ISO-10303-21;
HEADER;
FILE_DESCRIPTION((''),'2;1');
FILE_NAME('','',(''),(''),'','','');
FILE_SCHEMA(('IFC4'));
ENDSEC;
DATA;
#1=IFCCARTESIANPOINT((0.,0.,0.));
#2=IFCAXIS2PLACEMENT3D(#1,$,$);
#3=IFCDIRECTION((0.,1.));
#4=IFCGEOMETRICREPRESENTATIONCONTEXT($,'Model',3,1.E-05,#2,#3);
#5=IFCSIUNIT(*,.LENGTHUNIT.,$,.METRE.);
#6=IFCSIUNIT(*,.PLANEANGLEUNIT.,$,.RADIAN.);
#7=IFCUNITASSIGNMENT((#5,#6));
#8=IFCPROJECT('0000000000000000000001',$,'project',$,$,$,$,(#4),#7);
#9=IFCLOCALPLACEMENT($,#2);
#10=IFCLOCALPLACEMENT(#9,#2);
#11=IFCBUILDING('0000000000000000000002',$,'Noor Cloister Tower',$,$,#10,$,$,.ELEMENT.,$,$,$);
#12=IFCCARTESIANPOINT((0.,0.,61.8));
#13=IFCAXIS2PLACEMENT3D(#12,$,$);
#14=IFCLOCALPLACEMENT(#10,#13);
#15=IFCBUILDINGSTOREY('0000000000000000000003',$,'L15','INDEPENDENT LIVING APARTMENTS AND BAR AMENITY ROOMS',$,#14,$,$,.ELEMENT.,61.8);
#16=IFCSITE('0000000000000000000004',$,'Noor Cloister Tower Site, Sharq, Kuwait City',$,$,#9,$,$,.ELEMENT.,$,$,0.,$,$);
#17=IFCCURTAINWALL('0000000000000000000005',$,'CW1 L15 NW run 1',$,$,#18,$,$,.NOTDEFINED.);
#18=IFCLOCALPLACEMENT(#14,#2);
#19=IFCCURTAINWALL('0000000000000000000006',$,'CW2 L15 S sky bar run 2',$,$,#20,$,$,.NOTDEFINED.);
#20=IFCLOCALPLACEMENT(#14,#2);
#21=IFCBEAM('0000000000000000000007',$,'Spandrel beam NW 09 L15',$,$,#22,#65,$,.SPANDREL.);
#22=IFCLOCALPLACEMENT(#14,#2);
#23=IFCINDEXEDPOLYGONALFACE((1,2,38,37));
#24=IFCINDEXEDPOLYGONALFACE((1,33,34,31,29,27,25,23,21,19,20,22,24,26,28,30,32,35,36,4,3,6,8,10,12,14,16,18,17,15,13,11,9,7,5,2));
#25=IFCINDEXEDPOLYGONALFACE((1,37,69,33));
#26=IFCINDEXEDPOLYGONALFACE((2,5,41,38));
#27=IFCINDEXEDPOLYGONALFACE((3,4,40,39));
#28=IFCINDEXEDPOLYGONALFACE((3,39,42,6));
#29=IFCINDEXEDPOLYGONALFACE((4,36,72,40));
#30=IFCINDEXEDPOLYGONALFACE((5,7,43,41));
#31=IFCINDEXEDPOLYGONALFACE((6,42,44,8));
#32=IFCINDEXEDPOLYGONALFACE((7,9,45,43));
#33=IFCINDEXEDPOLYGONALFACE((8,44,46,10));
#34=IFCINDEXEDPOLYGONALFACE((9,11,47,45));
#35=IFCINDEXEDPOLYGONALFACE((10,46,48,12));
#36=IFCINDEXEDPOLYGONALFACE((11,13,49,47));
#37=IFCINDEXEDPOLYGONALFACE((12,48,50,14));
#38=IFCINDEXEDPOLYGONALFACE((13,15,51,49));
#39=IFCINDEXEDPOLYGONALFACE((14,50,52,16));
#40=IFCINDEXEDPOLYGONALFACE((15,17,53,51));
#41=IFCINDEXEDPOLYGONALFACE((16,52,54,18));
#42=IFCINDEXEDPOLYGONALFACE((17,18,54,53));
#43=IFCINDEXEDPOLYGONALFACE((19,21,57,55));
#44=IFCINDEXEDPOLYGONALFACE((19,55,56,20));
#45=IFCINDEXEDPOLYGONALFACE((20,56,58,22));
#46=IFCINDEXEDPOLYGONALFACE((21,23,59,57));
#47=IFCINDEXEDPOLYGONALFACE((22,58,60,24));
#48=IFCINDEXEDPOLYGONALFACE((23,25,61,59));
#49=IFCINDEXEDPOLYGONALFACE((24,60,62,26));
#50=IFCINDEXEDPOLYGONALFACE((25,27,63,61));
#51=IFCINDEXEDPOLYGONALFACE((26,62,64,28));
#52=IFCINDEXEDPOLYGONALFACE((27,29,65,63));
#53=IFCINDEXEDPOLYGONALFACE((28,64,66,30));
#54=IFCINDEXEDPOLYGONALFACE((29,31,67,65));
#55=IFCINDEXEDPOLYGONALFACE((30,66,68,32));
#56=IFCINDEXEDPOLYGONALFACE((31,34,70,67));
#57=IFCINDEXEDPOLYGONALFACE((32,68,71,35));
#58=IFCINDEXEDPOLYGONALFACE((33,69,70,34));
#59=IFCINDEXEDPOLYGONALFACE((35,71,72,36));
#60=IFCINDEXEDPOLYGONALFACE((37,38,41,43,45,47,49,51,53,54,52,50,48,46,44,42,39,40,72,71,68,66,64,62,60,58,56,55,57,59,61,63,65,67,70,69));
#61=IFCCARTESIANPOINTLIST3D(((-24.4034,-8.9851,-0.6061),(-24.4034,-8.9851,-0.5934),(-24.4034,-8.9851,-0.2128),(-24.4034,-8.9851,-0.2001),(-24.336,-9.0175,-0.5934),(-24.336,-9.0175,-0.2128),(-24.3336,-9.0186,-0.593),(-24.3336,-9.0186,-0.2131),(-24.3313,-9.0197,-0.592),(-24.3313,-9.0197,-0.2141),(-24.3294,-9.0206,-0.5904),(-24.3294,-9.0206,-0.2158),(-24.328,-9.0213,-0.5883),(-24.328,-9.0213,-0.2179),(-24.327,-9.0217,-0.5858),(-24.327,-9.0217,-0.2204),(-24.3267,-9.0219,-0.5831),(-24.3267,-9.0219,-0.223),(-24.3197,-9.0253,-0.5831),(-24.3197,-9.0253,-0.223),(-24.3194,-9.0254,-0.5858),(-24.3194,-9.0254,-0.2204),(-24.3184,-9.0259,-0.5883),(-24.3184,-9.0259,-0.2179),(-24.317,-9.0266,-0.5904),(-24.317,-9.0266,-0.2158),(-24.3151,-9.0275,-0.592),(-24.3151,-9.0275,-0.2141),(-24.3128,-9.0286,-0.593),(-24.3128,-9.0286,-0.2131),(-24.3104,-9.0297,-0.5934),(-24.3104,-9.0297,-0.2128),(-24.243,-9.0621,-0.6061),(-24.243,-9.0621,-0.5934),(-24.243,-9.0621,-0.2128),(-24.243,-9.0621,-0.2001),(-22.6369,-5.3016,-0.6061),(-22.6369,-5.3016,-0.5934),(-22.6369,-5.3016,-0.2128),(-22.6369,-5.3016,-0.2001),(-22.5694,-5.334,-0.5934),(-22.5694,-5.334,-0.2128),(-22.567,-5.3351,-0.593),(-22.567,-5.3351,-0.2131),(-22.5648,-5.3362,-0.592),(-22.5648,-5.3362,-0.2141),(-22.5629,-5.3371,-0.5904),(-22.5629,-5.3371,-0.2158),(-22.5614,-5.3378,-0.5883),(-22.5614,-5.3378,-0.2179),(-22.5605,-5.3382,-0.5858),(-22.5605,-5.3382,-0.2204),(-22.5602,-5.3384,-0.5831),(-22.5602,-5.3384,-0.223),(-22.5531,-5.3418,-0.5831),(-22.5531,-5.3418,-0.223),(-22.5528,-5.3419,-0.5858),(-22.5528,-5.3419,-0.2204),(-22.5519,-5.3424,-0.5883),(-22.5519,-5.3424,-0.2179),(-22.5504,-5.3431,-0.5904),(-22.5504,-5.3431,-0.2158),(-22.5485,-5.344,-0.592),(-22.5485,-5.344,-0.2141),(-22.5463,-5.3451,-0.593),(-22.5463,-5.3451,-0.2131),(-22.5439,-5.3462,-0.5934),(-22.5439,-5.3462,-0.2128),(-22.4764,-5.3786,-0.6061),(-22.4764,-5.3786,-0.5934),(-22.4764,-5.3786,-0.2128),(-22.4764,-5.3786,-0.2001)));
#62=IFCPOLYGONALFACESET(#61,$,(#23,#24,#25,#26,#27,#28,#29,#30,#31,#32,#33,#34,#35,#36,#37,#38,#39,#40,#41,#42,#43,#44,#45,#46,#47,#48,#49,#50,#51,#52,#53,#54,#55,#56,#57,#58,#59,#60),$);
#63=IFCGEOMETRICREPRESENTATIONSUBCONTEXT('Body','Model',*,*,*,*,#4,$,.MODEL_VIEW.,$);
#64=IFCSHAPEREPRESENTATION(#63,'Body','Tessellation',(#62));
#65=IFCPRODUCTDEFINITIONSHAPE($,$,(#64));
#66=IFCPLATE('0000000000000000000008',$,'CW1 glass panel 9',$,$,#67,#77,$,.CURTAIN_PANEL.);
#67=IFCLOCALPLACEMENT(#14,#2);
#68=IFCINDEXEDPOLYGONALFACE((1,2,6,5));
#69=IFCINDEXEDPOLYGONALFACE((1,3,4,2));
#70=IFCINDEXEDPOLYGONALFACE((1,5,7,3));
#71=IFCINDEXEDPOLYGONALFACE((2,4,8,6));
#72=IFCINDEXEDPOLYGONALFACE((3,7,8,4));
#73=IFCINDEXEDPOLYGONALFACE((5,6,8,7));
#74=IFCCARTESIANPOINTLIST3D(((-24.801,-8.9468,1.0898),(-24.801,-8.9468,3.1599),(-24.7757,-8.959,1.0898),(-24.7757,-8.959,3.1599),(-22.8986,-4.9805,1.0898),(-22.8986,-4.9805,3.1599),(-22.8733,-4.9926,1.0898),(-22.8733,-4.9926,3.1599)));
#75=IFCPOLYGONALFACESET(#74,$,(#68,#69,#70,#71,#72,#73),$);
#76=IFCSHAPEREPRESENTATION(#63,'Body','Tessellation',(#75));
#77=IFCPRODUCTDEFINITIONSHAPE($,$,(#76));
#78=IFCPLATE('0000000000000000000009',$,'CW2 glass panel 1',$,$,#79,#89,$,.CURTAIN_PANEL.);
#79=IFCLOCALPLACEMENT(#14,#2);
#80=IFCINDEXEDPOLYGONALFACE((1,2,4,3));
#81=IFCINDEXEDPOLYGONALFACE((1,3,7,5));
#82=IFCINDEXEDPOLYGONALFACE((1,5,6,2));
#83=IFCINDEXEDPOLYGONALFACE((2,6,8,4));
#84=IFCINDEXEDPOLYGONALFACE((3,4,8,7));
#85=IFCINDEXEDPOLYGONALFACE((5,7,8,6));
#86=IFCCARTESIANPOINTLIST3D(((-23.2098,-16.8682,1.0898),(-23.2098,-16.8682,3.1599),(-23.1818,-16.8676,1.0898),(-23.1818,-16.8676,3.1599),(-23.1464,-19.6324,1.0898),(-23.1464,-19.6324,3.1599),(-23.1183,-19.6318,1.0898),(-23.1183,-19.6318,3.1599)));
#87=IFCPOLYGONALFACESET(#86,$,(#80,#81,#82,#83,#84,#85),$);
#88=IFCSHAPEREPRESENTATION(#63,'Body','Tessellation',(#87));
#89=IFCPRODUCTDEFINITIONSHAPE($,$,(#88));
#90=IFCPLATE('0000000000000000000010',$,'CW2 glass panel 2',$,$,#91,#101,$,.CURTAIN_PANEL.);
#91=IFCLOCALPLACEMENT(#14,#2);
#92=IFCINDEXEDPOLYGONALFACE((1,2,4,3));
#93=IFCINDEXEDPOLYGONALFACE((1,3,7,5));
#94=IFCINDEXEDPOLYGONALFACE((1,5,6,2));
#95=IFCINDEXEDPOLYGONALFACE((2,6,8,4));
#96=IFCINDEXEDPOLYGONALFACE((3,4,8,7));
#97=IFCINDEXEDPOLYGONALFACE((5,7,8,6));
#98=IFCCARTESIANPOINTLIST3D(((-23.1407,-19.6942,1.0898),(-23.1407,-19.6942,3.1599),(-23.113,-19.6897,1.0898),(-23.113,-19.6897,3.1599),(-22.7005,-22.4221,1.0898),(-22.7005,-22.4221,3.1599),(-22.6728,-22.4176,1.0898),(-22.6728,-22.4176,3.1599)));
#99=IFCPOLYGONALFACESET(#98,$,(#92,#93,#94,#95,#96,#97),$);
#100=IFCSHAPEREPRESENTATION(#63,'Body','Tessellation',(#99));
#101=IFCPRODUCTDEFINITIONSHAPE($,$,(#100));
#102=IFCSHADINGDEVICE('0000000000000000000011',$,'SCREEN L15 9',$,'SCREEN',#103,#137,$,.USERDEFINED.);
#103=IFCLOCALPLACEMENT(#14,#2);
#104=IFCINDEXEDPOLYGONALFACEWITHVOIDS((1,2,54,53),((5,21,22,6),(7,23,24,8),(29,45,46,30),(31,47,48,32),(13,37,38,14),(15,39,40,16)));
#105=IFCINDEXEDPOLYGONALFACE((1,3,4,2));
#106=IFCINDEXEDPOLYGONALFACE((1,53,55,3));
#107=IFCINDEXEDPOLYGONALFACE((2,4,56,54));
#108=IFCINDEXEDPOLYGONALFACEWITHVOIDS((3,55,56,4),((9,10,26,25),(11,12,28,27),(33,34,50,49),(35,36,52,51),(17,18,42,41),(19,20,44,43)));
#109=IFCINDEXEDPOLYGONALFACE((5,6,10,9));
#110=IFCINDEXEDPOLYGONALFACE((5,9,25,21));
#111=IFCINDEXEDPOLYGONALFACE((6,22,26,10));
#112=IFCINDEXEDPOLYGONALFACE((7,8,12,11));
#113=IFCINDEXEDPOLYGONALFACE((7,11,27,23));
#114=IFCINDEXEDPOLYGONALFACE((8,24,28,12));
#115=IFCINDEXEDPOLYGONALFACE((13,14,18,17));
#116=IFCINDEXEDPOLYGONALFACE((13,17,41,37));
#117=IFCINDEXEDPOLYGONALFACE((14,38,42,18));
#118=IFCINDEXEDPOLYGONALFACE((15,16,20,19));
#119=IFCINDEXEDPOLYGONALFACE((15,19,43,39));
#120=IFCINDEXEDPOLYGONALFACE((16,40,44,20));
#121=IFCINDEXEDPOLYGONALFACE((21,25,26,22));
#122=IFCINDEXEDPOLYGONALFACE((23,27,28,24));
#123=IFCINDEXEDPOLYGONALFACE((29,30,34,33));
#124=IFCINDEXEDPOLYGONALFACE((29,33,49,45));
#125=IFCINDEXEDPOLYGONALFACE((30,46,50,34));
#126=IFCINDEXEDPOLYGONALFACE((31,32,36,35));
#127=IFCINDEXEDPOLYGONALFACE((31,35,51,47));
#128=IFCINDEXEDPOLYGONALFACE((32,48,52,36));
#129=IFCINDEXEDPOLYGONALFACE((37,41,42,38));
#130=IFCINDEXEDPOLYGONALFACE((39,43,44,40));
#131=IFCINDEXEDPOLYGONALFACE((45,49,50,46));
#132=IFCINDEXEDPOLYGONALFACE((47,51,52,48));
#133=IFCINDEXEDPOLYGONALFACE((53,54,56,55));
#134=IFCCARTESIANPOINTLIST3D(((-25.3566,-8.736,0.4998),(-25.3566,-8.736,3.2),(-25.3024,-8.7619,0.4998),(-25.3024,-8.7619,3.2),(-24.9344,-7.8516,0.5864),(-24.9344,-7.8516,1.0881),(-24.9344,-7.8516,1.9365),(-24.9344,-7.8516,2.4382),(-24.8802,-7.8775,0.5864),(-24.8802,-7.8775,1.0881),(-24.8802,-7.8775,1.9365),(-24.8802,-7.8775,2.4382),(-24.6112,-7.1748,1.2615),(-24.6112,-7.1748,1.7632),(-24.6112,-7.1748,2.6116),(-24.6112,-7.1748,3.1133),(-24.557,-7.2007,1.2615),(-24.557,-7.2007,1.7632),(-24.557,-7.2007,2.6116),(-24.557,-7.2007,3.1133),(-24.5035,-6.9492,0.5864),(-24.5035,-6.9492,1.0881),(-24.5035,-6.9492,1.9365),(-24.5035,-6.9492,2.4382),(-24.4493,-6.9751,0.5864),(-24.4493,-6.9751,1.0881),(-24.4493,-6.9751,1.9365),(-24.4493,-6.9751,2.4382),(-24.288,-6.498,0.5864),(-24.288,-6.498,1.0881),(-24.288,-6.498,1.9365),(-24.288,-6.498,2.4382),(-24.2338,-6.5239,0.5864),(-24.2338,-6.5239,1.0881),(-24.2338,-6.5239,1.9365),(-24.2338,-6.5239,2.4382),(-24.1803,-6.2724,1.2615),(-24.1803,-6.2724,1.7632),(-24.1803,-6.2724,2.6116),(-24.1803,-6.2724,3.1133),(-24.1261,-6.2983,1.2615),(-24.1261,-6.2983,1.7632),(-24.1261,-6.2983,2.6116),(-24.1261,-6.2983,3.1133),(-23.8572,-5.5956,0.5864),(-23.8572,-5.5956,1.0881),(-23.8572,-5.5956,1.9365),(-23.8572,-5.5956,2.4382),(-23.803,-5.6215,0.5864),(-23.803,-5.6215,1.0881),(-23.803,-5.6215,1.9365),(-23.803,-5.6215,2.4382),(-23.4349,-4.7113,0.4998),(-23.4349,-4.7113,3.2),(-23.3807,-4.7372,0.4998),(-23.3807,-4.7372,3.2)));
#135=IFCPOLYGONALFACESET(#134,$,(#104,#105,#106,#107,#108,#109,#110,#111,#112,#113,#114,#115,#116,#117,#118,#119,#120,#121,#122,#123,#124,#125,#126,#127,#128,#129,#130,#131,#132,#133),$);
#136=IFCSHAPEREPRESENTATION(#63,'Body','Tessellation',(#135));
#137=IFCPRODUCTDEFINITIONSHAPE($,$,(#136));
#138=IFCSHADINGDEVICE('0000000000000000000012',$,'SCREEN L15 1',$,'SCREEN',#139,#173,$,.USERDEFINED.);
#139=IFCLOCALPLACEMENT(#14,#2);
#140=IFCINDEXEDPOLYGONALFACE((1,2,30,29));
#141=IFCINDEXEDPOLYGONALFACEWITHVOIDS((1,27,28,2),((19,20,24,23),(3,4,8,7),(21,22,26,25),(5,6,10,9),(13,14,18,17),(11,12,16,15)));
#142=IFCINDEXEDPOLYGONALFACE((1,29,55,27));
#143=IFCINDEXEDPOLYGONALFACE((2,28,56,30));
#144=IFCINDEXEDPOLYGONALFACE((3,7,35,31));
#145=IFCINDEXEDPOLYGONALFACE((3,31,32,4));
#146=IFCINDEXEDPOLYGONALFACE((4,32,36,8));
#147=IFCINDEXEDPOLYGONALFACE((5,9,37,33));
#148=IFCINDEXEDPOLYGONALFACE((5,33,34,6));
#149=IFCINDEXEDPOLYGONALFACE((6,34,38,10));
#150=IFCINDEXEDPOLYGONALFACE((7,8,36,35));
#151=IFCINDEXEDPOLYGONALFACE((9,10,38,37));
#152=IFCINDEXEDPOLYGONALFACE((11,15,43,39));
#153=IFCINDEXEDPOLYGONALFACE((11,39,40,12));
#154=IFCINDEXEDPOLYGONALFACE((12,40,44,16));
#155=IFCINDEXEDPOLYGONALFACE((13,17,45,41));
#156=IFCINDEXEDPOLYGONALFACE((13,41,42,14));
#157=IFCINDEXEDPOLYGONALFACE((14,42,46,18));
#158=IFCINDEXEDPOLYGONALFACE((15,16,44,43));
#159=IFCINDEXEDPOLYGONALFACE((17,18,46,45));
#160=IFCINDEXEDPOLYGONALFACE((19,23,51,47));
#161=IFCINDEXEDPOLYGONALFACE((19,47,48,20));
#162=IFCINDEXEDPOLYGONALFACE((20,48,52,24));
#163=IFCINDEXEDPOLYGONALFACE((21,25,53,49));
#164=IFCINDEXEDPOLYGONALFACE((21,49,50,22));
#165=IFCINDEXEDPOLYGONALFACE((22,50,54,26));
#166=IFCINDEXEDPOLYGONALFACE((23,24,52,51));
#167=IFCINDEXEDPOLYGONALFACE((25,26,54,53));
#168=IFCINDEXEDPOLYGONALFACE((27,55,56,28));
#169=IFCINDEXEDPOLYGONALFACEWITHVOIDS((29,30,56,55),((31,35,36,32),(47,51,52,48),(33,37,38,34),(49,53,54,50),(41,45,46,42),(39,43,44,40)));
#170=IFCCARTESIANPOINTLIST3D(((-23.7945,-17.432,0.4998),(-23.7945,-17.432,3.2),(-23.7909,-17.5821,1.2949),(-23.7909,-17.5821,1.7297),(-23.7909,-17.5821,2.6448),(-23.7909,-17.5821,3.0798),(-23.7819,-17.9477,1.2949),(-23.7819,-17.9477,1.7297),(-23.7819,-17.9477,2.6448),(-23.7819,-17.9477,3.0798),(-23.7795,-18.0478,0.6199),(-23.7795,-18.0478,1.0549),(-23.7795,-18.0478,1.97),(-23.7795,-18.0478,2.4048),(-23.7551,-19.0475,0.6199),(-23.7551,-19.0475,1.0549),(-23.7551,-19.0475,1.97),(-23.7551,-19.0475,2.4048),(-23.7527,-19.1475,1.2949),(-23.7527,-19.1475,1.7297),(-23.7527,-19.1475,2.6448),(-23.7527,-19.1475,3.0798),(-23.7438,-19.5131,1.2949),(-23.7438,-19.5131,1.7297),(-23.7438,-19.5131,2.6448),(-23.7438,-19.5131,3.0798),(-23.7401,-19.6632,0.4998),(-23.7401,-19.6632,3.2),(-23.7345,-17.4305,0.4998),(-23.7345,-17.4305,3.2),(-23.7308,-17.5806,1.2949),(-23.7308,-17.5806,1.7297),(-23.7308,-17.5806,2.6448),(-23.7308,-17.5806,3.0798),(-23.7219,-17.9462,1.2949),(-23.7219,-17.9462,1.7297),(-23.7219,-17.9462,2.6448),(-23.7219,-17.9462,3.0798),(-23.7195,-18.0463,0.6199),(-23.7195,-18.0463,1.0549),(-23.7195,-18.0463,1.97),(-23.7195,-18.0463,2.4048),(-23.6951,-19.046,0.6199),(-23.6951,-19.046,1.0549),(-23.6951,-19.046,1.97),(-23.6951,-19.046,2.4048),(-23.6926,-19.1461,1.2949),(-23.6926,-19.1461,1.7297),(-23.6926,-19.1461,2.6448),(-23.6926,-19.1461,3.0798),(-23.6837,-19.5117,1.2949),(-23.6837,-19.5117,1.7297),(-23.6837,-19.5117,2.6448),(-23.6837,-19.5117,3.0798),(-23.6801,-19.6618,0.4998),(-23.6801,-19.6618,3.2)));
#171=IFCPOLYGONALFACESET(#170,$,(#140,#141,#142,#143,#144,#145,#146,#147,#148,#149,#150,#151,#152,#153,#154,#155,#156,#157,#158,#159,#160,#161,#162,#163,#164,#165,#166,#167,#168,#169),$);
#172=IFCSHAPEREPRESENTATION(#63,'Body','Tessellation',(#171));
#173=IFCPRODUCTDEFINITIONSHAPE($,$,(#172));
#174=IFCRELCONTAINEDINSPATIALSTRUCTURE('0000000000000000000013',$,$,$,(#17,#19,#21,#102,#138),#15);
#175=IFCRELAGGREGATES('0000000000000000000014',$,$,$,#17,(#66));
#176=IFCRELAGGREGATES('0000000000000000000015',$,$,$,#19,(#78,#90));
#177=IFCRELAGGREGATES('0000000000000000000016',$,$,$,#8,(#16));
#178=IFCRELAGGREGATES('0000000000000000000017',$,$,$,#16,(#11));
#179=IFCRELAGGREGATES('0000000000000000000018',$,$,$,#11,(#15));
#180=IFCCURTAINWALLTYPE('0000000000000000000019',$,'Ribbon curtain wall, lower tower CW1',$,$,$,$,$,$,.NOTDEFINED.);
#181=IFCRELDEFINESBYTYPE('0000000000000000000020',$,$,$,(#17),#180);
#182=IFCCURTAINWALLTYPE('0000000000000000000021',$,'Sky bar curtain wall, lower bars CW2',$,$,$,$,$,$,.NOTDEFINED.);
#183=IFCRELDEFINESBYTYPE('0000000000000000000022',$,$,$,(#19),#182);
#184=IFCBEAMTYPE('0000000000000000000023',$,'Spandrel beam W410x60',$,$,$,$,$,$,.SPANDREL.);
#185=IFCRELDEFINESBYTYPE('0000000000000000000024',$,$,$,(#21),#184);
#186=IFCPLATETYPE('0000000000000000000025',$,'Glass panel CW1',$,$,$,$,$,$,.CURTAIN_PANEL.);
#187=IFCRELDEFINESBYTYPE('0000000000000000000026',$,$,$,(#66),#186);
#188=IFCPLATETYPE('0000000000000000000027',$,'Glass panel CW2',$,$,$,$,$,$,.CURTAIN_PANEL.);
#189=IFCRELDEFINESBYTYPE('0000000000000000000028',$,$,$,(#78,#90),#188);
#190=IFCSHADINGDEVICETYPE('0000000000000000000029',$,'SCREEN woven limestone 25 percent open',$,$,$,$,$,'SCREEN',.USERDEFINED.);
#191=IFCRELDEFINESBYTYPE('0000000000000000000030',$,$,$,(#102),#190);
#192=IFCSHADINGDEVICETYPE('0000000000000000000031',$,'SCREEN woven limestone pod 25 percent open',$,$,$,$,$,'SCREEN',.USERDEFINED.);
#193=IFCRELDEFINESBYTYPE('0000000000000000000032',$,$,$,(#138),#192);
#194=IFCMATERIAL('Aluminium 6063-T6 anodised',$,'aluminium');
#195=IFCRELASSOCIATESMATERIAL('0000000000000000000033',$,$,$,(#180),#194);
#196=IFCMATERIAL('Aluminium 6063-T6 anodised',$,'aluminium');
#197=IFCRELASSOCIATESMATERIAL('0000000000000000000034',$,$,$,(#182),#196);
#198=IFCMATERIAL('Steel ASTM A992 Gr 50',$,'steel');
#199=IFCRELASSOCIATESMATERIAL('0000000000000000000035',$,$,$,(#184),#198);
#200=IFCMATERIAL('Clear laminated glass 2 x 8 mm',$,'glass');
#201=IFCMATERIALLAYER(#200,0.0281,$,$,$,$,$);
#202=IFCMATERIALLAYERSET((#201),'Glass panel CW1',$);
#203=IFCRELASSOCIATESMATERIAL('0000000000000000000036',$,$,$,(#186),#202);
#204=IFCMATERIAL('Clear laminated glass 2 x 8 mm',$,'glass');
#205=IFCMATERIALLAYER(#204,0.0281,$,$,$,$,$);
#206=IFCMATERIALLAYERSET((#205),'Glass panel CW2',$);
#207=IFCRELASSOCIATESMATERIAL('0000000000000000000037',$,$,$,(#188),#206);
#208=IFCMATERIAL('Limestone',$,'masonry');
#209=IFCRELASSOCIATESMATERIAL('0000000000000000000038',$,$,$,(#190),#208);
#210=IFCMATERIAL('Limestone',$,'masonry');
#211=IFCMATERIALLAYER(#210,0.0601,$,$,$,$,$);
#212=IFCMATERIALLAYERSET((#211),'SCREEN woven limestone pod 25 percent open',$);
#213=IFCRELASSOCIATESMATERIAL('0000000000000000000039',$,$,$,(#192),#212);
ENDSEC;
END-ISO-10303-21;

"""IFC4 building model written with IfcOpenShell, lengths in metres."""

from ifc_helpers import new_model, si_unit, direction, frame, origin, origin_2d, place, context, subcontext, project, spatial, polyline, rectangle, i_section, outline, extrude, material, layer, layer_set, material_profile, profile_set, type_object, element, aggregate, save


model = new_model("IFC4")

# Units and contexts
model_context = context("Model", 3, precision=1e-05, world=origin(), true_north=direction((0.0, 1.0)))
body_context = subcontext(model_context, "Body", "Model", "MODEL_VIEW")
ifc_project = project(units=[si_unit("LENGTHUNIT", "METRE"), si_unit("PLANEANGLEUNIT", "RADIAN")], contexts=[model_context])

# Site, building, storey
site_placement = place(None, origin())
site = spatial("IfcSite", under=ifc_project, at=site_placement, Name="Noor Cloister Tower Site, Sharq, Kuwait City", CompositionType="ELEMENT", RefElevation=0.0)
building_placement = place(site_placement, origin())
building = spatial("IfcBuilding", under=site, at=building_placement, Name="Noor Cloister Tower", CompositionType="ELEMENT")
storey_placement = place(building_placement, frame((0.0, 0.0, 61.8)))
storey = spatial("IfcBuildingStorey", under=building, at=storey_placement, Name="L15", Description="INDEPENDENT LIVING APARTMENTS AND BAR AMENITY ROOMS", CompositionType="ELEMENT", Elevation=61.8)

# Curtain wall
ifc_material_1 = material(Name="Aluminium 6063-T6 anodised", Category="aluminium")
curtain_wall_type_1 = type_object("IfcCurtainWallType", Name="Ribbon curtain wall, lower tower CW1", PredefinedType="NOTDEFINED", material=ifc_material_1)
curtain_wall_1_placement = place(storey_placement, origin())
curtain_wall_1 = element("IfcCurtainWall", 1, at=curtain_wall_1_placement, inside=storey, type_object=curtain_wall_type_1, Name="CW1 L15 NW run 1", PredefinedType="NOTDEFINED")

# Curtain wall
ifc_material_2 = material(Name="Aluminium 6063-T6 anodised", Category="aluminium")
curtain_wall_type_2 = type_object("IfcCurtainWallType", Name="Sky bar curtain wall, lower bars CW2", PredefinedType="NOTDEFINED", material=ifc_material_2)
curtain_wall_2_placement = place(storey_placement, origin())
curtain_wall_2 = element("IfcCurtainWall", 2, at=curtain_wall_2_placement, inside=storey, type_object=curtain_wall_type_2, Name="CW2 L15 S sky bar run 2", PredefinedType="NOTDEFINED")

# Beam
ifc_material_3 = material(Name="Steel ASTM A992 Gr 50", Category="steel")
ifc_material_profile_1 = material_profile(ifc_material_3, i_section(OverallWidth=0.178, OverallDepth=0.406, WebThickness=0.0078, FlangeThickness=0.0127, FilletRadius=0.0103, at=origin_2d()), Name="W410x60")
ifc_profile_set_1 = profile_set([ifc_material_profile_1], Name="Steel ASTM A992 Gr 50")
beam_type_1 = type_object("IfcBeamType", Name="Spandrel beam W410x60", PredefinedType="SPANDREL", material=ifc_profile_set_1)
beam_1_placement = place(storey_placement, frame((-22.5566, -5.3401, -0.4031), z_axis=(-0.432428, -0.901668, 0.0), x_axis=(0.901668, -0.432428, 0.0)))
element("IfcBeam", 3, at=beam_1_placement, inside=storey, type_object=beam_type_1, Name="Spandrel beam NW 09 L15", PredefinedType="SPANDREL", context=body_context, shape_type="SweptSolid", body=[
    extrude(i_section(OverallWidth=0.178, OverallDepth=0.406, WebThickness=0.0078, FlangeThickness=0.0127, FilletRadius=0.0103, at=origin_2d()), origin(), (0.0, 0.0, 1.0), 4.0852),
])

# Plates
ifc_material_4 = material(Name="Clear laminated glass 2 x 8 mm", Category="glass")
ifc_layer_1 = layer(ifc_material_4, 0.0281)
ifc_layer_set_1 = layer_set([ifc_layer_1], Name="Glass panel CW1")
plate_type_1 = type_object("IfcPlateType", Name="Glass panel CW1", PredefinedType="CURTAIN_PANEL", material=ifc_layer_set_1)
plate_1_placement = place(storey_placement, frame((-23.8372, -6.9697, 1.0898), z_axis=(0.0, 0.0, 1.0), x_axis=(-0.432455, -0.901656, 0.0)))
plate_1 = element("IfcPlate", 4, at=plate_1_placement, type_object=plate_type_1, Name="CW1 glass panel 9", PredefinedType="CURTAIN_PANEL", context=body_context, shape_type="SweptSolid", body=[
    extrude(rectangle(XDim=4.3989, YDim=0.0281, at=origin_2d()), origin(), (0.0, 0.0, 1.0), 2.0701),
])
aggregate(curtain_wall_1, [plate_1])
ifc_material_5 = material(Name="Clear laminated glass 2 x 8 mm", Category="glass")
ifc_layer_2 = layer(ifc_material_5, 0.0281)
ifc_layer_set_2 = layer_set([ifc_layer_2], Name="Glass panel CW2")
plate_type_2 = type_object("IfcPlateType", Name="Glass panel CW2", PredefinedType="CURTAIN_PANEL", material=ifc_layer_set_2)
plate_2_placement = place(storey_placement, frame((-23.1641, -18.25, 1.0898), z_axis=(0.0, 0.0, 1.0), x_axis=(0.022953, -0.999737, 0.0)))
plate_2 = element("IfcPlate", 5, at=plate_2_placement, type_object=plate_type_2, Name="CW2 glass panel 1", PredefinedType="CURTAIN_PANEL", context=body_context, shape_type="SweptSolid", body=[
    extrude(rectangle(XDim=2.7649, YDim=0.0281, at=origin_2d()), origin(), (0.0, 0.0, 1.0), 2.0701),
])
plate_3_placement = place(storey_placement, frame((-22.9067, -21.0559, 1.0898), z_axis=(0.0, 0.0, 1.0), x_axis=(0.159313, -0.987228, 0.0)))
plate_3 = element("IfcPlate", 6, at=plate_3_placement, type_object=plate_type_2, Name="CW2 glass panel 2", PredefinedType="CURTAIN_PANEL", context=body_context, shape_type="SweptSolid", body=[
    extrude(rectangle(XDim=2.7632, YDim=0.0281, at=origin_2d()), origin(), (0.0, 0.0, 1.0), 2.0701),
])
aggregate(curtain_wall_2, [plate_2, plate_3])

# Shading devices
ifc_material_6 = material(Name="Limestone", Category="masonry")
ifc_material_profile_2 = material_profile(ifc_material_6, outline(polyline([(-2.23, -1.3501), (2.23, -1.3501), (2.23, 1.3501), (-2.23, 1.3501), (-2.23, -1.3501)]), holes=[polyline([(-1.25, -1.2634), (-0.25, -1.2634), (-0.25, -0.7617), (-1.25, -0.7617), (-1.25, -1.2634)]), polyline([(0.25, -1.2634), (1.25, -1.2634), (1.25, -0.7617), (0.25, -0.7617), (0.25, -1.2634)]), polyline([(-0.5, -0.5884), (0.5, -0.5884), (0.5, -0.0867), (-0.5, -0.0867), (-0.5, -0.5884)]), polyline([(-1.25, 0.0867), (-0.25, 0.0867), (-0.25, 0.5884), (-1.25, 0.5884), (-1.25, 0.0867)]), polyline([(0.25, 0.0867), (1.25, 0.0867), (1.25, 0.5884), (0.25, 0.5884), (0.25, 0.0867)]), polyline([(-0.5, 0.7617), (0.5, 0.7617), (0.5, 1.2634), (-0.5, 1.2634), (-0.5, 0.7617)])]), Name="Woven screen 25 percent open")
ifc_profile_set_2 = profile_set([ifc_material_profile_2], Name="Limestone")
shading_device_type_1 = type_object("IfcShadingDeviceType", Name="SCREEN woven limestone 25 percent open", ElementType="SCREEN", PredefinedType="USERDEFINED", material=ifc_profile_set_2)
shading_device_1_placement = place(storey_placement, frame((-24.3416, -6.7495, 1.8499), z_axis=(-0.902409, 0.43088, 0.0), x_axis=(-0.43088, -0.902409, 0.0)))
element("IfcShadingDevice", 7, at=shading_device_1_placement, inside=storey, type_object=shading_device_type_1, Name="SCREEN L15 9", ObjectType="SCREEN", PredefinedType="USERDEFINED", context=body_context, shape_type="SweptSolid", body=[
    extrude(outline(polyline([(-2.23, -1.3501), (2.23, -1.3501), (2.23, 1.3501), (-2.23, 1.3501), (-2.23, -1.3501)]), holes=[polyline([(-1.25, -1.2634), (-0.25, -1.2634), (-0.25, -0.7617), (-1.25, -0.7617), (-1.25, -1.2634)]), polyline([(0.25, -1.2634), (1.25, -1.2634), (1.25, -0.7617), (0.25, -0.7617), (0.25, -1.2634)]), polyline([(-0.5, -0.5884), (0.5, -0.5884), (0.5, -0.0867), (-0.5, -0.0867), (-0.5, -0.5884)]), polyline([(-1.25, 0.0867), (-0.25, 0.0867), (-0.25, 0.5884), (-1.25, 0.5884), (-1.25, 0.0867)]), polyline([(0.25, 0.0867), (1.25, 0.0867), (1.25, 0.5884), (0.25, 0.5884), (0.25, 0.0867)]), polyline([(-0.5, 0.7617), (0.5, 0.7617), (0.5, 1.2634), (-0.5, 1.2634), (-0.5, 0.7617)])]), origin(), (0.0, 0.0, 1.0), 0.0601),
])
ifc_material_7 = material(Name="Limestone", Category="masonry")
ifc_layer_3 = layer(ifc_material_7, 0.0601)
ifc_layer_set_3 = layer_set([ifc_layer_3], Name="SCREEN woven limestone pod 25 percent open")
shading_device_type_2 = type_object("IfcShadingDeviceType", Name="SCREEN woven limestone pod 25 percent open", ElementType="SCREEN", PredefinedType="USERDEFINED", material=ifc_layer_set_3)
shading_device_2_placement = place(storey_placement, frame((-23.7073, -18.5461, 1.8499), z_axis=(-0.999703, -0.024383, 0.0), x_axis=(0.024383, -0.999703, 0.0)))
element("IfcShadingDevice", 8, at=shading_device_2_placement, inside=storey, type_object=shading_device_type_2, Name="SCREEN L15 1", ObjectType="SCREEN", PredefinedType="USERDEFINED", context=body_context, shape_type="SweptSolid", body=[
    extrude(outline(polyline([(-1.116, -1.3501), (1.116, -1.3501), (1.116, 1.3501), (-1.116, 1.3501), (-1.116, -1.3501)]), holes=[polyline([(-0.5, -1.23), (0.5, -1.23), (0.5, -0.7949), (-0.5, -0.7949), (-0.5, -1.23)]), polyline([(0.6001, -0.5549), (0.9658, -0.5549), (0.9658, -0.1201), (0.6001, -0.1201), (0.6001, -0.5549)]), polyline([(-0.9658, -0.5549), (-0.6001, -0.5549), (-0.6001, -0.1201), (-0.9658, -0.1201), (-0.9658, -0.5549)]), polyline([(-0.5, 0.1201), (0.5, 0.1201), (0.5, 0.5549), (-0.5, 0.5549), (-0.5, 0.1201)]), polyline([(0.6001, 0.7949), (0.9658, 0.7949), (0.9658, 1.23), (0.6001, 1.23), (0.6001, 0.7949)]), polyline([(-0.9658, 0.7949), (-0.6001, 0.7949), (-0.6001, 1.23), (-0.9658, 1.23), (-0.9658, 0.7949)])]), origin(), (0.0, 0.0, 1.0), 0.0601),
])

save(model, "model.ifc")
